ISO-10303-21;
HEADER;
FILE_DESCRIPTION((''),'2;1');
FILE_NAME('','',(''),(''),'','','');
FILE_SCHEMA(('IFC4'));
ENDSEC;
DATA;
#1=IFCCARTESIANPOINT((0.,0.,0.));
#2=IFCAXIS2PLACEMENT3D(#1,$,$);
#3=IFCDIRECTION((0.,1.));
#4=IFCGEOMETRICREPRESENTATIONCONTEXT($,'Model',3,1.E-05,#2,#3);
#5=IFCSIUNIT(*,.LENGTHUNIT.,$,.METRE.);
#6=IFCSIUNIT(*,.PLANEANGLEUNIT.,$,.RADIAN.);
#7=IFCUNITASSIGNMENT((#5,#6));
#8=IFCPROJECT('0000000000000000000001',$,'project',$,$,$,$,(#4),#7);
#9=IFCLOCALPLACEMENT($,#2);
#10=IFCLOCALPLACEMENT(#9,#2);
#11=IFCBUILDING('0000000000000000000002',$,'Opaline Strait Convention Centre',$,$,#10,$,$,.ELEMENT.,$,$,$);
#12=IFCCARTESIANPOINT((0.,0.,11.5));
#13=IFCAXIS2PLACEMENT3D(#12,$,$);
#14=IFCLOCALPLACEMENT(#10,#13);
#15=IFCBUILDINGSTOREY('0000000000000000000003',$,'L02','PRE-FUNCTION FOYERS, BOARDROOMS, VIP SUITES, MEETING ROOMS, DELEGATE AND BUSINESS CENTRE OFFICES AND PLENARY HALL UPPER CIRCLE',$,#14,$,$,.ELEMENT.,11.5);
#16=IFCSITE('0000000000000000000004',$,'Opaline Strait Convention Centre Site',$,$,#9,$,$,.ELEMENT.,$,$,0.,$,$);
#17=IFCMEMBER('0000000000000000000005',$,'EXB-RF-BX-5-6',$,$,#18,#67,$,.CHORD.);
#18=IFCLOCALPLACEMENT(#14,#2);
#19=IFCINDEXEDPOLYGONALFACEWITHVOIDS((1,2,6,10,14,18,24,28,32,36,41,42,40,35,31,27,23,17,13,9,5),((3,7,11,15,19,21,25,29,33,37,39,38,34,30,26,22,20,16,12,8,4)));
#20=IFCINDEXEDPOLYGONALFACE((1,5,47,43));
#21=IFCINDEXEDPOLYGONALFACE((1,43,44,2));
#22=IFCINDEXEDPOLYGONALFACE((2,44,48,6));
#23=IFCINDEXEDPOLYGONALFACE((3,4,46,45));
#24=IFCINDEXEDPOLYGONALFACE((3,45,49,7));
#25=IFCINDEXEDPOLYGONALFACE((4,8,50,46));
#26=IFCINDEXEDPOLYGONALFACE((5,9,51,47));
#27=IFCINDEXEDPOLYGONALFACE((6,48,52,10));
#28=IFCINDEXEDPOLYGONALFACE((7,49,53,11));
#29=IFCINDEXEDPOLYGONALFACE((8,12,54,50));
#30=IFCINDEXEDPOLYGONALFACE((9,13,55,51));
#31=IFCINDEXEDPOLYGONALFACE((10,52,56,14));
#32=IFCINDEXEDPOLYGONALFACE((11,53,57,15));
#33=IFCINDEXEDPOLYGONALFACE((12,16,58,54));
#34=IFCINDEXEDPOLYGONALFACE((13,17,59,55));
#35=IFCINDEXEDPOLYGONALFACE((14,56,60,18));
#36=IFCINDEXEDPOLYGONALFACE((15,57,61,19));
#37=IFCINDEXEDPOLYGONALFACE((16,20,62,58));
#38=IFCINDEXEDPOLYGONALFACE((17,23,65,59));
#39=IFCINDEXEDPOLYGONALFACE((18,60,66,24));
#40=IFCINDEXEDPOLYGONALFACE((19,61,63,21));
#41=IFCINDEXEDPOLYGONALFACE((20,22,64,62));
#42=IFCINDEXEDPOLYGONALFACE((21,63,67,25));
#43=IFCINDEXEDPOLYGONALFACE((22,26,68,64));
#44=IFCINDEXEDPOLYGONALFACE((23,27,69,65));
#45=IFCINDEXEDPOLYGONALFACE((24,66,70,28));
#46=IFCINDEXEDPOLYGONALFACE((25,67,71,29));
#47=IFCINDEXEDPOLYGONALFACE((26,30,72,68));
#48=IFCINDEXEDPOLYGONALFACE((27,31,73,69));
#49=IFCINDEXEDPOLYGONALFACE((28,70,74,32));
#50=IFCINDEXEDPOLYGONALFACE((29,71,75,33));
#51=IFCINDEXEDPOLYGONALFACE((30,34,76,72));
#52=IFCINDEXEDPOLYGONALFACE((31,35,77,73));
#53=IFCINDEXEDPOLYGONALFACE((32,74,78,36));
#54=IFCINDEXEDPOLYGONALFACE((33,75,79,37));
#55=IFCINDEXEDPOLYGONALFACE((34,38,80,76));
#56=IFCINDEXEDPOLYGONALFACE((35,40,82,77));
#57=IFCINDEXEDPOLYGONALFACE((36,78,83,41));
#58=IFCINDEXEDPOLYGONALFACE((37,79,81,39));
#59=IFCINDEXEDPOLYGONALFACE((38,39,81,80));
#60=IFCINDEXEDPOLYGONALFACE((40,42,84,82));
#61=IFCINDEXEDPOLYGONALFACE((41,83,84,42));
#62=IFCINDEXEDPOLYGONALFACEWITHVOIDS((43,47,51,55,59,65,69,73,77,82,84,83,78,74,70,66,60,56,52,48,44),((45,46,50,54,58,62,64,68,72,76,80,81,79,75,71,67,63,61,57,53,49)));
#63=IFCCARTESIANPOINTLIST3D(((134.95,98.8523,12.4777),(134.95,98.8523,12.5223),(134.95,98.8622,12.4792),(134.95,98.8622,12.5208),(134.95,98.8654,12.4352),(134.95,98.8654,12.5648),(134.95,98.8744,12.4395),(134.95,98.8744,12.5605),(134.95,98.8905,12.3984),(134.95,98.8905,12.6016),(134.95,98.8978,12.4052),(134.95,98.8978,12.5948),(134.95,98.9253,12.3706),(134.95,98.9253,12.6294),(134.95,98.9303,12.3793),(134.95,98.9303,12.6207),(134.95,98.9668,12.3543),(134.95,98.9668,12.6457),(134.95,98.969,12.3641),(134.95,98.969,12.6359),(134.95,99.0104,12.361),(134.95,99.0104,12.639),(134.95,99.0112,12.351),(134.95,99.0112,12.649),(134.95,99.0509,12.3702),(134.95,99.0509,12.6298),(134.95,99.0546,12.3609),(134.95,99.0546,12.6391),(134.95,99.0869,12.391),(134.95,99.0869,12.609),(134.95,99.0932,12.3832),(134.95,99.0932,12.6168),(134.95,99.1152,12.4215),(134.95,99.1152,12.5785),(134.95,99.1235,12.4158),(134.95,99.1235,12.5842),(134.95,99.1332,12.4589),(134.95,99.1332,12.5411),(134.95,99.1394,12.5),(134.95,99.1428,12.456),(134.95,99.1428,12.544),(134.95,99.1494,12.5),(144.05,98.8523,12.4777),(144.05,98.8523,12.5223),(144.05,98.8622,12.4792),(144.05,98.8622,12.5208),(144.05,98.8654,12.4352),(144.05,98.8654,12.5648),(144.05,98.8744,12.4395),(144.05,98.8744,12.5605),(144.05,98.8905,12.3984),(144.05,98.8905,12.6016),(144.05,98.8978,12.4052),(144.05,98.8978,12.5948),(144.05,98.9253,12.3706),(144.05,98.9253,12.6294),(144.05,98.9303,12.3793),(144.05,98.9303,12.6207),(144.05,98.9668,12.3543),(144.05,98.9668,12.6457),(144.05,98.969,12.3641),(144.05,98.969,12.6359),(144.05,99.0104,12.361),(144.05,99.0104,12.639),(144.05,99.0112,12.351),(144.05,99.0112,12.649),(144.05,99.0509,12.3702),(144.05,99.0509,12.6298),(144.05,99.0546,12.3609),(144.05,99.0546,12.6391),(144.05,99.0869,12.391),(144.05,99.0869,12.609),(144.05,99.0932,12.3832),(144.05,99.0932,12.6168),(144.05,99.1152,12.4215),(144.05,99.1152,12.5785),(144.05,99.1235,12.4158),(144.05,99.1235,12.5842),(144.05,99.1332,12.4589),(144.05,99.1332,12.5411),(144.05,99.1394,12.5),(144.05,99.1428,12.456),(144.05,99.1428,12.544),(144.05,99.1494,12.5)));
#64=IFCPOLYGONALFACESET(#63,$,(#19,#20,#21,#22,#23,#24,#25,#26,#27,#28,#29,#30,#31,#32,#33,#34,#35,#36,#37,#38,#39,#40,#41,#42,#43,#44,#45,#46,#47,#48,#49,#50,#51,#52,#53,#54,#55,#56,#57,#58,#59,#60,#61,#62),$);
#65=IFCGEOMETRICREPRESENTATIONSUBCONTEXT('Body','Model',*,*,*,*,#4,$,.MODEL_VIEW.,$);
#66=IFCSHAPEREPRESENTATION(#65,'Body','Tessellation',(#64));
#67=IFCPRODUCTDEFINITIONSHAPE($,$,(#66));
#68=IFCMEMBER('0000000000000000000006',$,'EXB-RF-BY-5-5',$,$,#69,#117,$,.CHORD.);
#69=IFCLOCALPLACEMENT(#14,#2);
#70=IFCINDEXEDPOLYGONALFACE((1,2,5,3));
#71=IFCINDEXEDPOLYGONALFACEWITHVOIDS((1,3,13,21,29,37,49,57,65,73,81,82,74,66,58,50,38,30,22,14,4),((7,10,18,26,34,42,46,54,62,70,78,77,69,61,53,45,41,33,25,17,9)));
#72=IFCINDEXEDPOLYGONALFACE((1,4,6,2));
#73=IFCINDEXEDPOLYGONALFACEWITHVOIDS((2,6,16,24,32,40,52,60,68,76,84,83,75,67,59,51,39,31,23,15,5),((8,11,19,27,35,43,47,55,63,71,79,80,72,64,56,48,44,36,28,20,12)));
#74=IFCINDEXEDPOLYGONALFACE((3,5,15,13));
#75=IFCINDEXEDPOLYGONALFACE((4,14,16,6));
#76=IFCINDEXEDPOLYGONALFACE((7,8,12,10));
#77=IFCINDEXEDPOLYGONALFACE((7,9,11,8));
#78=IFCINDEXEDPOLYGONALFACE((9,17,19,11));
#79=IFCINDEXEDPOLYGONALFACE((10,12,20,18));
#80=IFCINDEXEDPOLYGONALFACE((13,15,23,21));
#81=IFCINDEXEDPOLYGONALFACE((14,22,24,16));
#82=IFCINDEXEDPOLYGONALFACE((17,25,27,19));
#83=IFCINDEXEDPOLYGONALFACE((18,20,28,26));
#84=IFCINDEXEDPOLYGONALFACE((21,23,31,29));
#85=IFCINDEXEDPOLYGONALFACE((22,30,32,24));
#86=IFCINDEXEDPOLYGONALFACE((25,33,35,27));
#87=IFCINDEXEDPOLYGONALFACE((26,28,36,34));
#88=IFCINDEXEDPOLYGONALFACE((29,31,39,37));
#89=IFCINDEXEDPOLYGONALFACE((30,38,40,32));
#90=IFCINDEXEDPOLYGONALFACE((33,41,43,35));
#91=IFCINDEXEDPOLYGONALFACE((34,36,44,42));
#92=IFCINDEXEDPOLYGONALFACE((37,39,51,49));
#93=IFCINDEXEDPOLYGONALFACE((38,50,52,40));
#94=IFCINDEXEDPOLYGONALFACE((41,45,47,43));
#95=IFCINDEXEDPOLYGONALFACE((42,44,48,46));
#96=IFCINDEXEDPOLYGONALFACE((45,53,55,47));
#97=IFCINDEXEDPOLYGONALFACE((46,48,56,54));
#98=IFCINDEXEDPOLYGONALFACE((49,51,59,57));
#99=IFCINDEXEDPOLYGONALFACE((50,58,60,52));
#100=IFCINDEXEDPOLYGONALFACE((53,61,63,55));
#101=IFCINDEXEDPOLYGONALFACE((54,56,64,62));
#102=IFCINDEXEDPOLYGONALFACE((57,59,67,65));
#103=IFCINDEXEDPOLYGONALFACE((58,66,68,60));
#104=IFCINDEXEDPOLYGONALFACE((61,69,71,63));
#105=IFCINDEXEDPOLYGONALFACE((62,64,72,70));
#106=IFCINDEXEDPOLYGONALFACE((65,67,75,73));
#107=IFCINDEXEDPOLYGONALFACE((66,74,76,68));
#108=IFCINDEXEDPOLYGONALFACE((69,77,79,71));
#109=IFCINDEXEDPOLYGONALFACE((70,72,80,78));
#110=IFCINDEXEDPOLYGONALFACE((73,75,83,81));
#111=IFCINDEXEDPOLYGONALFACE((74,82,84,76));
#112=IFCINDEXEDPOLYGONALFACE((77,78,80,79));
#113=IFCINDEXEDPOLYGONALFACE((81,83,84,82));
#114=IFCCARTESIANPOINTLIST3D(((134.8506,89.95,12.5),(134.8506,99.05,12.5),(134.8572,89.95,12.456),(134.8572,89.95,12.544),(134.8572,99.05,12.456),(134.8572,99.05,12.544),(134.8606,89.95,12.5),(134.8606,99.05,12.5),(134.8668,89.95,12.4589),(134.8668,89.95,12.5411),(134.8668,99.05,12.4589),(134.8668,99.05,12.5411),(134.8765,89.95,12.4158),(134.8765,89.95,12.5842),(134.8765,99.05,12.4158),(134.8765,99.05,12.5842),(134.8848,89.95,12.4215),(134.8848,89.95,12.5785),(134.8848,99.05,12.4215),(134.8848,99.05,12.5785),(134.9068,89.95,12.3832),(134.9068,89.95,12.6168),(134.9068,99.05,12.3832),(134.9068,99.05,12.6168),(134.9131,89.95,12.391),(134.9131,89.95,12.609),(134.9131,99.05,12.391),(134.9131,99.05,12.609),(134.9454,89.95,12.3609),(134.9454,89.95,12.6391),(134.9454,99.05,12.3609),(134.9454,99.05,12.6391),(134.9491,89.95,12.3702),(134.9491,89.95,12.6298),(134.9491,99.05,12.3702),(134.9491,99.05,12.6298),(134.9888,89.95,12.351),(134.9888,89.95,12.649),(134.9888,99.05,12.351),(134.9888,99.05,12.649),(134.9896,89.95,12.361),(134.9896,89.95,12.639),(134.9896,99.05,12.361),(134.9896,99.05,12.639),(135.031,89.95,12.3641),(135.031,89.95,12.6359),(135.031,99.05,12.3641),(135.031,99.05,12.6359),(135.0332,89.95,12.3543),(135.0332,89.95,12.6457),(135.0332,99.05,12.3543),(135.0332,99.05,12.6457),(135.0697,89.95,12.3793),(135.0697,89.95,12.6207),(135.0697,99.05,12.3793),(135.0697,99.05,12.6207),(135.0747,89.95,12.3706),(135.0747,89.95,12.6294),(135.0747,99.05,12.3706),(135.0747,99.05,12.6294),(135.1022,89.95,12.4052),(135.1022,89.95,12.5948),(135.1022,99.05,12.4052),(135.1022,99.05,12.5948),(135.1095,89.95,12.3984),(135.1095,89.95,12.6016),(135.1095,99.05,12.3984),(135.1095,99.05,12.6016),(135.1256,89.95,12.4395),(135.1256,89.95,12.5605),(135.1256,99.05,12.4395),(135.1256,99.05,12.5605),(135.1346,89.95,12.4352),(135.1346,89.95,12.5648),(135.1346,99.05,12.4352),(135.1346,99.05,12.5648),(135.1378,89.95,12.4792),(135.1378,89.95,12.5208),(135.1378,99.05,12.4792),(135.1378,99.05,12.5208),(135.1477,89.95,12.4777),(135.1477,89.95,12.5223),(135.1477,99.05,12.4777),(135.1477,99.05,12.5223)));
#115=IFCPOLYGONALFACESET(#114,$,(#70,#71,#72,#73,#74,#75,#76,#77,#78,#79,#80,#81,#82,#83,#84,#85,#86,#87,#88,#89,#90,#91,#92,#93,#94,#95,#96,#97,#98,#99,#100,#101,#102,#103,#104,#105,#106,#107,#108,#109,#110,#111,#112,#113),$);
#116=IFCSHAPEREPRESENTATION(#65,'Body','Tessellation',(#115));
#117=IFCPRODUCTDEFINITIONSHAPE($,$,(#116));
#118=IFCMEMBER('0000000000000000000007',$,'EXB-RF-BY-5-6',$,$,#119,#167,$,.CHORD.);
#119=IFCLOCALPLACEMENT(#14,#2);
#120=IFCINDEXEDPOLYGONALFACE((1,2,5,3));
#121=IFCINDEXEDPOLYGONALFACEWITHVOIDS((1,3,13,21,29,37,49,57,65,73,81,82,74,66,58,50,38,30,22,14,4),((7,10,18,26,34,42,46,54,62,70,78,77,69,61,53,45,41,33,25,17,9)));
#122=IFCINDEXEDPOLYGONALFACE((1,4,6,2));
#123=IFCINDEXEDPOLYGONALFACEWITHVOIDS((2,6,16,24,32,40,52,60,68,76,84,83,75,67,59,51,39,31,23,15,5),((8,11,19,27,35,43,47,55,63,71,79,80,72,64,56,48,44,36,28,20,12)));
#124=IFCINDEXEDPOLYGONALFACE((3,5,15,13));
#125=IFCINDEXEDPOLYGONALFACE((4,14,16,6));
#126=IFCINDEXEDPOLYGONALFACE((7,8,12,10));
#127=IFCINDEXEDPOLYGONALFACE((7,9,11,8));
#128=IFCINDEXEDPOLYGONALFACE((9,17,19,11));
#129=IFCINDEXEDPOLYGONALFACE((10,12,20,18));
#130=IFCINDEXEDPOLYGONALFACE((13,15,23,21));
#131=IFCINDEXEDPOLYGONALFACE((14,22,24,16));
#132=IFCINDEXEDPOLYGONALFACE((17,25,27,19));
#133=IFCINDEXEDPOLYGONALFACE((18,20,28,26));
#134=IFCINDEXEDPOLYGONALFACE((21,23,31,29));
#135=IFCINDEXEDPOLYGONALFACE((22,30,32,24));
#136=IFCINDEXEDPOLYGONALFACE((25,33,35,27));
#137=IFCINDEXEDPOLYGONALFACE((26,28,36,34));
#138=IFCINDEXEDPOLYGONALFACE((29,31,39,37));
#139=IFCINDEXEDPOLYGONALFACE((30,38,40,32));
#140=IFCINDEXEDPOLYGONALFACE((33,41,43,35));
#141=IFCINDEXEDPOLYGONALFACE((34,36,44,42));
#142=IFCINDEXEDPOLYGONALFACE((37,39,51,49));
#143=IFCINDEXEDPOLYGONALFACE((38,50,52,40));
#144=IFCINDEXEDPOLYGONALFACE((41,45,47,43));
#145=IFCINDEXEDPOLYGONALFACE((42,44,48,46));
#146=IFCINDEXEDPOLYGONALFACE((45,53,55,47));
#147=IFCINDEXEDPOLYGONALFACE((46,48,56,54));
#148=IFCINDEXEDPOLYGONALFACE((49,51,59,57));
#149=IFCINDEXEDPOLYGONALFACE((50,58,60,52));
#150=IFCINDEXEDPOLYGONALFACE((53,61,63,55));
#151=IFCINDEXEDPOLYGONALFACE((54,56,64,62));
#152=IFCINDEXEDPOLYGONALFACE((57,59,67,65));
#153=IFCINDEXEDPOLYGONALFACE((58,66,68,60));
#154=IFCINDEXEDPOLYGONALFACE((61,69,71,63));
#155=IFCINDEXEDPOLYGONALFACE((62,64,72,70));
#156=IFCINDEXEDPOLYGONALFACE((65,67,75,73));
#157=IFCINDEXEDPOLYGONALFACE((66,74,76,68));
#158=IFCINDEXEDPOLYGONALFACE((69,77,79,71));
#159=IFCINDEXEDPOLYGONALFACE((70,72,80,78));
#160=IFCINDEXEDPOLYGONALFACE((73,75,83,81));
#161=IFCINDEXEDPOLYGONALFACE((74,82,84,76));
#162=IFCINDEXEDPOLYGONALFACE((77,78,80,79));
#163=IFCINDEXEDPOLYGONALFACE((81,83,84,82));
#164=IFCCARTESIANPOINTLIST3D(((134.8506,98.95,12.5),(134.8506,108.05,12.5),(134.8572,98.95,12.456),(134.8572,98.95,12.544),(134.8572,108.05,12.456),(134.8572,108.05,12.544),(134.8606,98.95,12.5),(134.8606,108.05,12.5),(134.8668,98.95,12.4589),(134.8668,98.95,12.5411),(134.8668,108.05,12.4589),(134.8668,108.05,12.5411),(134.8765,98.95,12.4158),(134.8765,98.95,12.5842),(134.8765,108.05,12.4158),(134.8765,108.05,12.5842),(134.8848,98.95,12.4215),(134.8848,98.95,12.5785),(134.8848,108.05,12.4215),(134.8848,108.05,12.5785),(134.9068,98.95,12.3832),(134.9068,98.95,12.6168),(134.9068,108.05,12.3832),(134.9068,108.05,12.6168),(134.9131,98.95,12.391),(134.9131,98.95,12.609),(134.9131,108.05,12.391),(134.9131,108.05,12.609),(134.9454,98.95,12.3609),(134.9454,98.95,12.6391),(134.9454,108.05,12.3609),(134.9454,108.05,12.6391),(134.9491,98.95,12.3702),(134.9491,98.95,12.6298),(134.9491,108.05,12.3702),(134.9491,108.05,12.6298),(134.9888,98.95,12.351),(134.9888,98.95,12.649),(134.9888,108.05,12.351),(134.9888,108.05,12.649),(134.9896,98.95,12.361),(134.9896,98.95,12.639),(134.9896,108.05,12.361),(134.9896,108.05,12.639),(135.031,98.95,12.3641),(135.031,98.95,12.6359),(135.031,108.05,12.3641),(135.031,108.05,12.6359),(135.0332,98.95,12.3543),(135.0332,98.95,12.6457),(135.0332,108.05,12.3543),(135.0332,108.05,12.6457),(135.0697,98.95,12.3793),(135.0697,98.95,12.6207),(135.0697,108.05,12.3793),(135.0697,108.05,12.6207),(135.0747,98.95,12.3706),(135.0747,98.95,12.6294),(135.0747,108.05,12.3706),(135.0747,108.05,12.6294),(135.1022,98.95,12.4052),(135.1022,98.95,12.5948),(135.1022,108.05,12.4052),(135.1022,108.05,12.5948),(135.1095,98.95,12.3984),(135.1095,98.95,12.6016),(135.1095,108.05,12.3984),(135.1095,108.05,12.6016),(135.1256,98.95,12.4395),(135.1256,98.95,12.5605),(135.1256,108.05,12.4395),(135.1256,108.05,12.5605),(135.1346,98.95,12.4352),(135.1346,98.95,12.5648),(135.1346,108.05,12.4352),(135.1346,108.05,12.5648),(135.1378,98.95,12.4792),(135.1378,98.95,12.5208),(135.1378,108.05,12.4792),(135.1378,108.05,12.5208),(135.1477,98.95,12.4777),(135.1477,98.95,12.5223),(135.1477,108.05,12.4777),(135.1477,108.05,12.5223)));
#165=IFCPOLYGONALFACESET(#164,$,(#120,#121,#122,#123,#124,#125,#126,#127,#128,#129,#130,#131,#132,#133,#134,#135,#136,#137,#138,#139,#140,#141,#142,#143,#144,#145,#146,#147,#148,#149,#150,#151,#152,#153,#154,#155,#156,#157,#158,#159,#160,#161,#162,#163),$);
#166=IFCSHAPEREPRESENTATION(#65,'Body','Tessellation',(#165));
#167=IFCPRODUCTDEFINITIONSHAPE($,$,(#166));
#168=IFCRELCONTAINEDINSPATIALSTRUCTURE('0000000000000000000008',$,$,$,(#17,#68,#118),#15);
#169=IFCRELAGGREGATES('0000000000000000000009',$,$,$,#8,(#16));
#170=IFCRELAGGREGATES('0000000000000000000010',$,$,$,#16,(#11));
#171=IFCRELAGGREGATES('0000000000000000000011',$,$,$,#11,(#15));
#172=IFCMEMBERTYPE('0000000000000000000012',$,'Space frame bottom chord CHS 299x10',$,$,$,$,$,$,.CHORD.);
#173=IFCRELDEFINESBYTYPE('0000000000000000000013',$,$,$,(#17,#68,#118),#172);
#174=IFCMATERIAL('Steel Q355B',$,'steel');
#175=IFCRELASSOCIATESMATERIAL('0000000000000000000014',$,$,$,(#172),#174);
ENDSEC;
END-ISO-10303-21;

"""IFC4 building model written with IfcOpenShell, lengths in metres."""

from ifc_helpers import new_model, si_unit, direction, frame, origin, origin_2d, place, context, subcontext, project, spatial, hollow_circle, extrude, material, material_profile, profile_set, type_object, element, save


model = new_model("IFC4")

# Units and contexts
model_context = context("Model", 3, precision=1e-05, world=origin(), true_north=direction((0.0, 1.0)))
body_context = subcontext(model_context, "Body", "Model", "MODEL_VIEW")
ifc_project = project(units=[si_unit("LENGTHUNIT", "METRE"), si_unit("PLANEANGLEUNIT", "RADIAN")], contexts=[model_context])

# Site, building, storey
site_placement = place(None, origin())
site = spatial("IfcSite", under=ifc_project, at=site_placement, Name="Opaline Strait Convention Centre Site", CompositionType="ELEMENT", RefElevation=0.0)
building_placement = place(site_placement, origin())
building = spatial("IfcBuilding", under=site, at=building_placement, Name="Opaline Strait Convention Centre", CompositionType="ELEMENT")
storey_placement = place(building_placement, frame((0.0, 0.0, 11.5)))
storey = spatial("IfcBuildingStorey", under=building, at=storey_placement, Name="L02", Description="PRE-FUNCTION FOYERS, BOARDROOMS, VIP SUITES, MEETING ROOMS, DELEGATE AND BUSINESS CENTRE OFFICES AND PLENARY HALL UPPER CIRCLE", CompositionType="ELEMENT", Elevation=11.5)

# Members
ifc_material = material(Name="Steel Q355B", Category="steel")
ifc_material_profile_1 = material_profile(ifc_material, hollow_circle(Radius=0.1494, WallThickness=0.01, at=origin_2d()), Name="CHS 299x10")
ifc_profile_set_1 = profile_set([ifc_material_profile_1], Name="Steel Q355B")
member_type_1 = type_object("IfcMemberType", Name="Space frame bottom chord CHS 299x10", PredefinedType="CHORD", material=ifc_profile_set_1)
for number, where, z_axis, x_axis, name in (
    (1, (134.95, 99.0, 12.5), (1.0, 0.0, 0.0), (0.0, 1.0, 0.0), "EXB-RF-BX-5-6"),
    (2, (135.0, 89.95, 12.5), (0.0, 1.0, 0.0), (-1.0, 0.0, 0.0), "EXB-RF-BY-5-5"),
    (3, (135.0, 98.95, 12.5), (0.0, 1.0, 0.0), (-1.0, 0.0, 0.0), "EXB-RF-BY-5-6"),
):
    element("IfcMember", number, at=place(storey_placement, frame(where, z_axis=z_axis, x_axis=x_axis)), inside=storey, type_object=member_type_1, Name=name, PredefinedType="CHORD", context=body_context, shape_type="SweptSolid", body=[
        extrude(hollow_circle(Radius=0.1494, WallThickness=0.01, at=origin_2d()), origin(), (0.0, 0.0, 1.0), 9.1001),
    ])

save(model, "model.ifc")
